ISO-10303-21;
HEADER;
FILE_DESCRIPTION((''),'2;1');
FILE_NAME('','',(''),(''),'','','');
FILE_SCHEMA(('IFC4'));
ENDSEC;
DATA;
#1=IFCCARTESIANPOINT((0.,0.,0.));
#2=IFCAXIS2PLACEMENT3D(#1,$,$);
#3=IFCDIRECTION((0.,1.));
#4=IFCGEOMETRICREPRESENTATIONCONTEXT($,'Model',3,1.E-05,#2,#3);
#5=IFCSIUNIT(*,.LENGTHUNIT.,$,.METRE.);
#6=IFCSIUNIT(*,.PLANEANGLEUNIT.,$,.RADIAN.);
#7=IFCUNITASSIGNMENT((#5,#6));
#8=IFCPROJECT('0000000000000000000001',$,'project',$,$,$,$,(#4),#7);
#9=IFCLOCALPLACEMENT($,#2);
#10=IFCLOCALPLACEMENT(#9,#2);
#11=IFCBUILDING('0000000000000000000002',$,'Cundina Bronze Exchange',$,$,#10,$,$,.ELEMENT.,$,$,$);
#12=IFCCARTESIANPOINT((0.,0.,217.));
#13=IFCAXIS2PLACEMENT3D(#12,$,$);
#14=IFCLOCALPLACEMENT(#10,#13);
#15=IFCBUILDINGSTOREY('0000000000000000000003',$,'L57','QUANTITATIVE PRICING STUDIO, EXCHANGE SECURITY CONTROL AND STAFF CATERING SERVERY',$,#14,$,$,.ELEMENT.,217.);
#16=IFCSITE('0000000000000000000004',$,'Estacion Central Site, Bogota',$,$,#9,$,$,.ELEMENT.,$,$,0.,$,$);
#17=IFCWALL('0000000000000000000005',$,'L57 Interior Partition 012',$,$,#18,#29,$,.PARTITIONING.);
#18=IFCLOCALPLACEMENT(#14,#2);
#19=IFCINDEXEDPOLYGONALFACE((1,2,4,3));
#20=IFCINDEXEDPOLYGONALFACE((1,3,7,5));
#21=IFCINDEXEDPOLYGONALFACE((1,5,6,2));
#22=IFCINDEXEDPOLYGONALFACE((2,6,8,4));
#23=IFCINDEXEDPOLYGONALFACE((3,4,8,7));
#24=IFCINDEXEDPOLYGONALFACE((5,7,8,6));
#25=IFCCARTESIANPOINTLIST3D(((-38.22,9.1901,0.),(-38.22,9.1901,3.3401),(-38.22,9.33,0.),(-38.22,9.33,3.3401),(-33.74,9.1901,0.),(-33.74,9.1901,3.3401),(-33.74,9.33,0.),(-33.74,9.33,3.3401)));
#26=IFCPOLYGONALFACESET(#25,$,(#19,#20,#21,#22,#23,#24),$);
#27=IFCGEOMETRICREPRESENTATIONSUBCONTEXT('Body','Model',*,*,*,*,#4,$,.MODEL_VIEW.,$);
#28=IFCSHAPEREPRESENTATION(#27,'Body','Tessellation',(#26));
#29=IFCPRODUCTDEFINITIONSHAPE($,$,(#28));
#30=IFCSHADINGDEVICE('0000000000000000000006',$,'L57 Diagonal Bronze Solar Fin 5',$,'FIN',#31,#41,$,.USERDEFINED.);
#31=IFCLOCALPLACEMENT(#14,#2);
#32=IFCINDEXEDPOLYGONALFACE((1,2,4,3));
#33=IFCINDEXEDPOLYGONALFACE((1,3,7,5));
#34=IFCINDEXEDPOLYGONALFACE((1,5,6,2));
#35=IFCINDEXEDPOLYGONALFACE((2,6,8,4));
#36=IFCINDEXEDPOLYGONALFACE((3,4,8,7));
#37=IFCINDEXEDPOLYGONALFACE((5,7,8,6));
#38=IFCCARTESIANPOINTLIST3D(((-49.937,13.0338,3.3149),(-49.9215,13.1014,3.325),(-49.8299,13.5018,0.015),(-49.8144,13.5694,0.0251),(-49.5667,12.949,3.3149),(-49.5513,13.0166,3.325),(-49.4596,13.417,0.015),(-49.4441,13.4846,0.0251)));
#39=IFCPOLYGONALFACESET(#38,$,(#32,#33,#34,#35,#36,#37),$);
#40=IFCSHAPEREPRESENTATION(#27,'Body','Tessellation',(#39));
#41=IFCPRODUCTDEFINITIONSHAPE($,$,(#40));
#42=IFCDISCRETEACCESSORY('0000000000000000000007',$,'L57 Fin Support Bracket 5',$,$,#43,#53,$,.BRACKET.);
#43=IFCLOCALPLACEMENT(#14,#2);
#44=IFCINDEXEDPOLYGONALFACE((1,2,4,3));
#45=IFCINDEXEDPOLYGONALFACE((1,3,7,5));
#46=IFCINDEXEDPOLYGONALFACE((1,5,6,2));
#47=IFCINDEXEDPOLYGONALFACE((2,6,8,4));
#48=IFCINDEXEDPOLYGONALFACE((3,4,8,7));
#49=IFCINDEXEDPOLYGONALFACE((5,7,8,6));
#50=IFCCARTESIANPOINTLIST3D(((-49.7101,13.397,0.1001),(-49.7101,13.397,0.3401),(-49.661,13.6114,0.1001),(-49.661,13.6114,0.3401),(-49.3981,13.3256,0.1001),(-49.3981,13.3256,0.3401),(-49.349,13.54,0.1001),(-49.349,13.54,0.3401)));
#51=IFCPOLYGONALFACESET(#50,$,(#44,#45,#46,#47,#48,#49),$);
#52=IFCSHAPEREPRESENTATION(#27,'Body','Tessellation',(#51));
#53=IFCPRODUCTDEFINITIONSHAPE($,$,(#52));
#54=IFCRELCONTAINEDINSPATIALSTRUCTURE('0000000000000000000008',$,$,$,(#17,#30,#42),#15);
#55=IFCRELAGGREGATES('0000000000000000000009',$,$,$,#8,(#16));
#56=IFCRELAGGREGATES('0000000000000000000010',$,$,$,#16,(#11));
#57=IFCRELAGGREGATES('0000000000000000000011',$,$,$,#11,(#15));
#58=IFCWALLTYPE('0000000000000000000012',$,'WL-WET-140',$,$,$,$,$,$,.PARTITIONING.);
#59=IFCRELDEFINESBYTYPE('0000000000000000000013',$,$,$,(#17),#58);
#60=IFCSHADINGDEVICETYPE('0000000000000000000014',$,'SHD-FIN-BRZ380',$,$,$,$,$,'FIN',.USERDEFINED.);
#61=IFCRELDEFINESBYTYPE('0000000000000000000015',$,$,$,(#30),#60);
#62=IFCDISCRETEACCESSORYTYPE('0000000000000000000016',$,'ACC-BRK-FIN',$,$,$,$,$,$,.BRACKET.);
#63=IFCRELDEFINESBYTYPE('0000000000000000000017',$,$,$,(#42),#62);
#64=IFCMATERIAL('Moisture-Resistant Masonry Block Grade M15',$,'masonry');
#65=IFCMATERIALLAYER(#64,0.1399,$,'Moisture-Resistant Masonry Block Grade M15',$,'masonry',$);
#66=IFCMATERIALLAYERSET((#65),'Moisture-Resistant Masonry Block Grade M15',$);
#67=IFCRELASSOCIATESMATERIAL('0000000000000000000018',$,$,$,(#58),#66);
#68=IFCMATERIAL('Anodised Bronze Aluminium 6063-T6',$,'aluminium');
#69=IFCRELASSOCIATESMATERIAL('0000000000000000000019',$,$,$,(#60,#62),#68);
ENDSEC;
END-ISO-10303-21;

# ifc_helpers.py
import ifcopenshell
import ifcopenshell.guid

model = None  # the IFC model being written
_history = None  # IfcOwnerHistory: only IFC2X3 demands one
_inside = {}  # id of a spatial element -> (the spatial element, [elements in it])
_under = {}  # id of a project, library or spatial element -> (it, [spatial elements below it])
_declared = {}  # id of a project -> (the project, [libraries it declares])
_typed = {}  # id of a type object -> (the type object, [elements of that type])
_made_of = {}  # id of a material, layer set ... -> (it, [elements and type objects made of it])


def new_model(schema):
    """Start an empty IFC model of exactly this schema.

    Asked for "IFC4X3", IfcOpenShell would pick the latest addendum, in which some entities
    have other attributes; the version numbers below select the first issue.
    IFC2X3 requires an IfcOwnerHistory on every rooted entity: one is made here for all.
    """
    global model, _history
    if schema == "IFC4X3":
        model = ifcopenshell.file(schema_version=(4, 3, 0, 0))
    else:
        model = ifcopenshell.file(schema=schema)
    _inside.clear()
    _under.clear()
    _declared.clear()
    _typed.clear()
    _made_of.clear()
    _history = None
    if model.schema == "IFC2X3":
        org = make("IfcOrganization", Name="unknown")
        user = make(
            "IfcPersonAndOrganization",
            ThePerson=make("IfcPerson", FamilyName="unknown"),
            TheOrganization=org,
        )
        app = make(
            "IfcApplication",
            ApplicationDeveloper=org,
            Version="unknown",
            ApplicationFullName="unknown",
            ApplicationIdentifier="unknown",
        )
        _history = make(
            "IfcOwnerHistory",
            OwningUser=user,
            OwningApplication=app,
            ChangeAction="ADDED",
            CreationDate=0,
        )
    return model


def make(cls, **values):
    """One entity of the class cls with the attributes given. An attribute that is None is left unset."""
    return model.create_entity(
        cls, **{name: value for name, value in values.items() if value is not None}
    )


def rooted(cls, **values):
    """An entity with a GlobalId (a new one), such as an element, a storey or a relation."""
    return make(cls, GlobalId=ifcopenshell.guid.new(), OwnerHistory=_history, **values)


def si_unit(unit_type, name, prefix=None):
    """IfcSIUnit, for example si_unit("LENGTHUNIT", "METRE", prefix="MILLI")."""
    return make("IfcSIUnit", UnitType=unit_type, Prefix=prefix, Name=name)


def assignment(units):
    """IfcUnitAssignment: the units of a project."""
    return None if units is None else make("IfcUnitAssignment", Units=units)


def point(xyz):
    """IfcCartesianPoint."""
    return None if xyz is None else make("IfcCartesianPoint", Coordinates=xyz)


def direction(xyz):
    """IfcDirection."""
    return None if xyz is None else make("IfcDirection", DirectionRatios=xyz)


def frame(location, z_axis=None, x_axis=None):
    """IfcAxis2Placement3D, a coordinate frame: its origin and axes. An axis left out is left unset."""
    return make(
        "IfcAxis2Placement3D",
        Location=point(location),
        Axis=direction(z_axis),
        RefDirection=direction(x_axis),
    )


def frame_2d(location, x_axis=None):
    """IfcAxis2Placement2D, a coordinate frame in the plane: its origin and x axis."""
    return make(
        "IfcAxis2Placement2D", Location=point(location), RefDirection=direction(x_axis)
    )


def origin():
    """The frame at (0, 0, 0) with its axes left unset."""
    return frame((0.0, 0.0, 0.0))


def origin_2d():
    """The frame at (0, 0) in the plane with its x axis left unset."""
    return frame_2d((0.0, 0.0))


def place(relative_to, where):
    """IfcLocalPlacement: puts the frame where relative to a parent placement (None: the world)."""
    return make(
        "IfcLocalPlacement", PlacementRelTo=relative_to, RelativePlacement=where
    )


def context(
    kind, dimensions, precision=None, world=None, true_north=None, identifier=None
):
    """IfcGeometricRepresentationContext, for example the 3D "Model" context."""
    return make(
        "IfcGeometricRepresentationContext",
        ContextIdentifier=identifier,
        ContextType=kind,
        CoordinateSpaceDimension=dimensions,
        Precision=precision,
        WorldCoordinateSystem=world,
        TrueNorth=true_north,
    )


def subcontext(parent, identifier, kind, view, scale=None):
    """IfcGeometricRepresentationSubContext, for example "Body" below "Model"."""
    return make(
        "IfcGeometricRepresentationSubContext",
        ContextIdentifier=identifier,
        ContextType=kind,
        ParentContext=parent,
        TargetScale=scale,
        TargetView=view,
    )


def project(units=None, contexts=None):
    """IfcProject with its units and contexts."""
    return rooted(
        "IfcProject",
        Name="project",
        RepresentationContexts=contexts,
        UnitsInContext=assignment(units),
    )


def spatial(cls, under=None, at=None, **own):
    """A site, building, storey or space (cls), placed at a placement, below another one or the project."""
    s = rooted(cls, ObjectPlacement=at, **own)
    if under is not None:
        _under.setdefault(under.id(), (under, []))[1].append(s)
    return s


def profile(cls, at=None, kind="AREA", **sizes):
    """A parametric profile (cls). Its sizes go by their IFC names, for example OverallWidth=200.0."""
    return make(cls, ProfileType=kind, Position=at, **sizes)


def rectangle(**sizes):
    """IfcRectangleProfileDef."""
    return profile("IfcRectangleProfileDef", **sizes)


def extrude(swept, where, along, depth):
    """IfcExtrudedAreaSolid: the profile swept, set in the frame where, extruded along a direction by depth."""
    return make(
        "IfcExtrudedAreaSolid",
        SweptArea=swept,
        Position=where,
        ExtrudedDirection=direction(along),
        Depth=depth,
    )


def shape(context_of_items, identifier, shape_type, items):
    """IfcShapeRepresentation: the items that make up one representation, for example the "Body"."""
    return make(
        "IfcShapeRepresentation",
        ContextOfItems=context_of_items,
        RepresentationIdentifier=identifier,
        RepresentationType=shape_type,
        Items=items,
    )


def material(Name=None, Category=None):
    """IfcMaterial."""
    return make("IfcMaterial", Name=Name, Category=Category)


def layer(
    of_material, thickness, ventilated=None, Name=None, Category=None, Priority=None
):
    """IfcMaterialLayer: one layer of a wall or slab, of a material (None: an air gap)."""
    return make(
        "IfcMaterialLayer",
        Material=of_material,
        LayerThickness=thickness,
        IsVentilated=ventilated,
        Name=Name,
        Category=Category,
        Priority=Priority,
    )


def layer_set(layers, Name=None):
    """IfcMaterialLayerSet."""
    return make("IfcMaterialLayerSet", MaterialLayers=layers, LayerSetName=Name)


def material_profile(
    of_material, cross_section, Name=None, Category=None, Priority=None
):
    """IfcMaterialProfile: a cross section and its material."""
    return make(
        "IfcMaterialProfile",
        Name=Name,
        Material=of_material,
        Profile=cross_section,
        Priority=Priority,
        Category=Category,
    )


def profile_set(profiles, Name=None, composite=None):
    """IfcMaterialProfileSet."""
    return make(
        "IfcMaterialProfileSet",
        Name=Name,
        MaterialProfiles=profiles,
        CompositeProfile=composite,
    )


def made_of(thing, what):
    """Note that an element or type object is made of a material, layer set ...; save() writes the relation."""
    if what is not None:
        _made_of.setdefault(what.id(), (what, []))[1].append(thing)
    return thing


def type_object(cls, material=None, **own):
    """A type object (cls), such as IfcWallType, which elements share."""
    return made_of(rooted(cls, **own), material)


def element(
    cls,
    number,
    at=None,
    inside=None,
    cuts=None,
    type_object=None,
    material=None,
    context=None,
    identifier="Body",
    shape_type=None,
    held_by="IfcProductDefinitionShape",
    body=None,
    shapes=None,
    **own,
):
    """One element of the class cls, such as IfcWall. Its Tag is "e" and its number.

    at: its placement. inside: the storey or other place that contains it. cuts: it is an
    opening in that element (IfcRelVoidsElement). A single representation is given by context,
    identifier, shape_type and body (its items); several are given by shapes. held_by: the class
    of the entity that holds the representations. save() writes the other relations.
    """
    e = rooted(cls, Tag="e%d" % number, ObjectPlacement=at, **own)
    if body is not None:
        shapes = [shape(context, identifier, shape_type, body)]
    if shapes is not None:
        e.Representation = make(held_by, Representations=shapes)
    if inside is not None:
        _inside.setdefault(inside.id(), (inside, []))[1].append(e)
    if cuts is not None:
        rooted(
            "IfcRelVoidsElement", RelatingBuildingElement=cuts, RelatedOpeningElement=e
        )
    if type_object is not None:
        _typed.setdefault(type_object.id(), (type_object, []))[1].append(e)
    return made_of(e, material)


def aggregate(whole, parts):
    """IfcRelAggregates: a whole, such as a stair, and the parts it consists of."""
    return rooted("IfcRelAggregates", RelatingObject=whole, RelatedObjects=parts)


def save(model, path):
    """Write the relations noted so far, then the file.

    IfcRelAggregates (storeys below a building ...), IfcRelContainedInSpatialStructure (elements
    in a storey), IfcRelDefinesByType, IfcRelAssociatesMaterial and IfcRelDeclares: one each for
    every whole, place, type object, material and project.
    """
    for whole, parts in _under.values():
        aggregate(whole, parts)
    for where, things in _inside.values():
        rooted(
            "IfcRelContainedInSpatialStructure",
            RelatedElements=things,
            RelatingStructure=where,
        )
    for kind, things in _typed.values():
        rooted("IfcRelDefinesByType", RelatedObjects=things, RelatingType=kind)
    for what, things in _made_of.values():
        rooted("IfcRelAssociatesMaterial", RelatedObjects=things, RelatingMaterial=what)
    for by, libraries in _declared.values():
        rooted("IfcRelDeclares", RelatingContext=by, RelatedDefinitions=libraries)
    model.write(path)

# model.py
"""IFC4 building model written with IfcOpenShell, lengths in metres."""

from ifc_helpers import new_model, si_unit, direction, frame, frame_2d, origin, origin_2d, place, context, subcontext, project, spatial, rectangle, extrude, material, layer, layer_set, material_profile, profile_set, type_object, element, save


model = new_model("IFC4")

# Units and contexts
model_context = context("Model", 3, precision=1e-05, world=origin(), true_north=direction((0.0, 1.0)))
body_context = subcontext(model_context, "Body", "Model", "MODEL_VIEW")
ifc_project = project(units=[si_unit("LENGTHUNIT", "METRE"), si_unit("PLANEANGLEUNIT", "RADIAN")], contexts=[model_context])

# Site, building, storey
site_placement = place(None, origin())
site = spatial("IfcSite", under=ifc_project, at=site_placement, Name="Estacion Central Site, Bogota", CompositionType="ELEMENT", RefElevation=0.0)
building_placement = place(site_placement, origin())
building = spatial("IfcBuilding", under=site, at=building_placement, Name="Cundina Bronze Exchange", CompositionType="ELEMENT")
storey_placement = place(building_placement, frame((0.0, 0.0, 217.0)))
storey = spatial("IfcBuildingStorey", under=building, at=storey_placement, Name="L57", Description="QUANTITATIVE PRICING STUDIO, EXCHANGE SECURITY CONTROL AND STAFF CATERING SERVERY", CompositionType="ELEMENT", Elevation=217.0)

# Shared definitions
ifc_material_1 = material(Name="Anodised Bronze Aluminium 6063-T6", Category="aluminium")

# Wall
ifc_material_2 = material(Name="Moisture-Resistant Masonry Block Grade M15", Category="masonry")
ifc_layer_1 = layer(ifc_material_2, 0.1399, Name="Moisture-Resistant Masonry Block Grade M15", Category="masonry")
ifc_layer_set_1 = layer_set([ifc_layer_1], Name="Moisture-Resistant Masonry Block Grade M15")
wall_type_1 = type_object("IfcWallType", Name="WL-WET-140", PredefinedType="PARTITIONING", material=ifc_layer_set_1)
for number, where, z_axis, x_axis, name in (
    (1, (-38.22, 9.26, 0.0), (0.0, 0.0, 1.0), (1.0, 0.0, 0.0), "L57 Interior Partition 012"),
):
    element("IfcWall", number, at=place(storey_placement, frame(where, z_axis=z_axis, x_axis=x_axis)), inside=storey, type_object=wall_type_1, Name=name, PredefinedType="PARTITIONING", context=body_context, shape_type="SweptSolid", body=[
        extrude(rectangle(XDim=4.48, YDim=0.1399, at=frame_2d((2.24, 0.0))), origin(), (0.0, 0.0, 1.0), 3.3401),
    ])

# Shading device
ifc_material_profile_1 = material_profile(ifc_material_1, rectangle(XDim=0.0701, YDim=0.3799, at=origin_2d()), Name="FIN70X380", Category="aluminium")
ifc_profile_set_1 = profile_set([ifc_material_profile_1], Name="Anodised Bronze Aluminium 6063-T6")
shading_device_type = type_object("IfcShadingDeviceType", Name="SHD-FIN-BRZ380", ElementType="FIN", PredefinedType="USERDEFINED", material=ifc_profile_set_1)
shading_device_placement = place(storey_placement, frame((-49.637, 13.4932, 0.02), z_axis=(-0.032139, -0.140344, 0.989581), x_axis=(0.220899, 0.964611, 0.143977)))
element("IfcShadingDevice", 2, at=shading_device_placement, inside=storey, type_object=shading_device_type, Name="L57 Diagonal Bronze Solar Fin 5", ObjectType="FIN", PredefinedType="USERDEFINED", context=body_context, shape_type="SweptSolid", body=[
    extrude(rectangle(XDim=0.0701, YDim=0.3799, at=origin_2d()), origin(), (0.0, 0.0, 1.0), 3.3347),
])

# Discrete accessory
discrete_accessory_type = type_object("IfcDiscreteAccessoryType", Name="ACC-BRK-FIN", PredefinedType="BRACKET", material=ifc_material_1)
discrete_accessory_placement = place(storey_placement, frame((-49.5295, 13.4685, 0.1001), z_axis=(0.0, 0.0, 1.0), x_axis=(-0.223284, -0.974753, 0.0)))
element("IfcDiscreteAccessory", 3, at=discrete_accessory_placement, inside=storey, type_object=discrete_accessory_type, Name="L57 Fin Support Bracket 5", PredefinedType="BRACKET", context=body_context, shape_type="SweptSolid", body=[
    extrude(rectangle(XDim=0.22, YDim=0.3201, at=origin_2d()), origin(), (0.0, 0.0, 1.0), 0.24),
])

save(model, "model.ifc")
